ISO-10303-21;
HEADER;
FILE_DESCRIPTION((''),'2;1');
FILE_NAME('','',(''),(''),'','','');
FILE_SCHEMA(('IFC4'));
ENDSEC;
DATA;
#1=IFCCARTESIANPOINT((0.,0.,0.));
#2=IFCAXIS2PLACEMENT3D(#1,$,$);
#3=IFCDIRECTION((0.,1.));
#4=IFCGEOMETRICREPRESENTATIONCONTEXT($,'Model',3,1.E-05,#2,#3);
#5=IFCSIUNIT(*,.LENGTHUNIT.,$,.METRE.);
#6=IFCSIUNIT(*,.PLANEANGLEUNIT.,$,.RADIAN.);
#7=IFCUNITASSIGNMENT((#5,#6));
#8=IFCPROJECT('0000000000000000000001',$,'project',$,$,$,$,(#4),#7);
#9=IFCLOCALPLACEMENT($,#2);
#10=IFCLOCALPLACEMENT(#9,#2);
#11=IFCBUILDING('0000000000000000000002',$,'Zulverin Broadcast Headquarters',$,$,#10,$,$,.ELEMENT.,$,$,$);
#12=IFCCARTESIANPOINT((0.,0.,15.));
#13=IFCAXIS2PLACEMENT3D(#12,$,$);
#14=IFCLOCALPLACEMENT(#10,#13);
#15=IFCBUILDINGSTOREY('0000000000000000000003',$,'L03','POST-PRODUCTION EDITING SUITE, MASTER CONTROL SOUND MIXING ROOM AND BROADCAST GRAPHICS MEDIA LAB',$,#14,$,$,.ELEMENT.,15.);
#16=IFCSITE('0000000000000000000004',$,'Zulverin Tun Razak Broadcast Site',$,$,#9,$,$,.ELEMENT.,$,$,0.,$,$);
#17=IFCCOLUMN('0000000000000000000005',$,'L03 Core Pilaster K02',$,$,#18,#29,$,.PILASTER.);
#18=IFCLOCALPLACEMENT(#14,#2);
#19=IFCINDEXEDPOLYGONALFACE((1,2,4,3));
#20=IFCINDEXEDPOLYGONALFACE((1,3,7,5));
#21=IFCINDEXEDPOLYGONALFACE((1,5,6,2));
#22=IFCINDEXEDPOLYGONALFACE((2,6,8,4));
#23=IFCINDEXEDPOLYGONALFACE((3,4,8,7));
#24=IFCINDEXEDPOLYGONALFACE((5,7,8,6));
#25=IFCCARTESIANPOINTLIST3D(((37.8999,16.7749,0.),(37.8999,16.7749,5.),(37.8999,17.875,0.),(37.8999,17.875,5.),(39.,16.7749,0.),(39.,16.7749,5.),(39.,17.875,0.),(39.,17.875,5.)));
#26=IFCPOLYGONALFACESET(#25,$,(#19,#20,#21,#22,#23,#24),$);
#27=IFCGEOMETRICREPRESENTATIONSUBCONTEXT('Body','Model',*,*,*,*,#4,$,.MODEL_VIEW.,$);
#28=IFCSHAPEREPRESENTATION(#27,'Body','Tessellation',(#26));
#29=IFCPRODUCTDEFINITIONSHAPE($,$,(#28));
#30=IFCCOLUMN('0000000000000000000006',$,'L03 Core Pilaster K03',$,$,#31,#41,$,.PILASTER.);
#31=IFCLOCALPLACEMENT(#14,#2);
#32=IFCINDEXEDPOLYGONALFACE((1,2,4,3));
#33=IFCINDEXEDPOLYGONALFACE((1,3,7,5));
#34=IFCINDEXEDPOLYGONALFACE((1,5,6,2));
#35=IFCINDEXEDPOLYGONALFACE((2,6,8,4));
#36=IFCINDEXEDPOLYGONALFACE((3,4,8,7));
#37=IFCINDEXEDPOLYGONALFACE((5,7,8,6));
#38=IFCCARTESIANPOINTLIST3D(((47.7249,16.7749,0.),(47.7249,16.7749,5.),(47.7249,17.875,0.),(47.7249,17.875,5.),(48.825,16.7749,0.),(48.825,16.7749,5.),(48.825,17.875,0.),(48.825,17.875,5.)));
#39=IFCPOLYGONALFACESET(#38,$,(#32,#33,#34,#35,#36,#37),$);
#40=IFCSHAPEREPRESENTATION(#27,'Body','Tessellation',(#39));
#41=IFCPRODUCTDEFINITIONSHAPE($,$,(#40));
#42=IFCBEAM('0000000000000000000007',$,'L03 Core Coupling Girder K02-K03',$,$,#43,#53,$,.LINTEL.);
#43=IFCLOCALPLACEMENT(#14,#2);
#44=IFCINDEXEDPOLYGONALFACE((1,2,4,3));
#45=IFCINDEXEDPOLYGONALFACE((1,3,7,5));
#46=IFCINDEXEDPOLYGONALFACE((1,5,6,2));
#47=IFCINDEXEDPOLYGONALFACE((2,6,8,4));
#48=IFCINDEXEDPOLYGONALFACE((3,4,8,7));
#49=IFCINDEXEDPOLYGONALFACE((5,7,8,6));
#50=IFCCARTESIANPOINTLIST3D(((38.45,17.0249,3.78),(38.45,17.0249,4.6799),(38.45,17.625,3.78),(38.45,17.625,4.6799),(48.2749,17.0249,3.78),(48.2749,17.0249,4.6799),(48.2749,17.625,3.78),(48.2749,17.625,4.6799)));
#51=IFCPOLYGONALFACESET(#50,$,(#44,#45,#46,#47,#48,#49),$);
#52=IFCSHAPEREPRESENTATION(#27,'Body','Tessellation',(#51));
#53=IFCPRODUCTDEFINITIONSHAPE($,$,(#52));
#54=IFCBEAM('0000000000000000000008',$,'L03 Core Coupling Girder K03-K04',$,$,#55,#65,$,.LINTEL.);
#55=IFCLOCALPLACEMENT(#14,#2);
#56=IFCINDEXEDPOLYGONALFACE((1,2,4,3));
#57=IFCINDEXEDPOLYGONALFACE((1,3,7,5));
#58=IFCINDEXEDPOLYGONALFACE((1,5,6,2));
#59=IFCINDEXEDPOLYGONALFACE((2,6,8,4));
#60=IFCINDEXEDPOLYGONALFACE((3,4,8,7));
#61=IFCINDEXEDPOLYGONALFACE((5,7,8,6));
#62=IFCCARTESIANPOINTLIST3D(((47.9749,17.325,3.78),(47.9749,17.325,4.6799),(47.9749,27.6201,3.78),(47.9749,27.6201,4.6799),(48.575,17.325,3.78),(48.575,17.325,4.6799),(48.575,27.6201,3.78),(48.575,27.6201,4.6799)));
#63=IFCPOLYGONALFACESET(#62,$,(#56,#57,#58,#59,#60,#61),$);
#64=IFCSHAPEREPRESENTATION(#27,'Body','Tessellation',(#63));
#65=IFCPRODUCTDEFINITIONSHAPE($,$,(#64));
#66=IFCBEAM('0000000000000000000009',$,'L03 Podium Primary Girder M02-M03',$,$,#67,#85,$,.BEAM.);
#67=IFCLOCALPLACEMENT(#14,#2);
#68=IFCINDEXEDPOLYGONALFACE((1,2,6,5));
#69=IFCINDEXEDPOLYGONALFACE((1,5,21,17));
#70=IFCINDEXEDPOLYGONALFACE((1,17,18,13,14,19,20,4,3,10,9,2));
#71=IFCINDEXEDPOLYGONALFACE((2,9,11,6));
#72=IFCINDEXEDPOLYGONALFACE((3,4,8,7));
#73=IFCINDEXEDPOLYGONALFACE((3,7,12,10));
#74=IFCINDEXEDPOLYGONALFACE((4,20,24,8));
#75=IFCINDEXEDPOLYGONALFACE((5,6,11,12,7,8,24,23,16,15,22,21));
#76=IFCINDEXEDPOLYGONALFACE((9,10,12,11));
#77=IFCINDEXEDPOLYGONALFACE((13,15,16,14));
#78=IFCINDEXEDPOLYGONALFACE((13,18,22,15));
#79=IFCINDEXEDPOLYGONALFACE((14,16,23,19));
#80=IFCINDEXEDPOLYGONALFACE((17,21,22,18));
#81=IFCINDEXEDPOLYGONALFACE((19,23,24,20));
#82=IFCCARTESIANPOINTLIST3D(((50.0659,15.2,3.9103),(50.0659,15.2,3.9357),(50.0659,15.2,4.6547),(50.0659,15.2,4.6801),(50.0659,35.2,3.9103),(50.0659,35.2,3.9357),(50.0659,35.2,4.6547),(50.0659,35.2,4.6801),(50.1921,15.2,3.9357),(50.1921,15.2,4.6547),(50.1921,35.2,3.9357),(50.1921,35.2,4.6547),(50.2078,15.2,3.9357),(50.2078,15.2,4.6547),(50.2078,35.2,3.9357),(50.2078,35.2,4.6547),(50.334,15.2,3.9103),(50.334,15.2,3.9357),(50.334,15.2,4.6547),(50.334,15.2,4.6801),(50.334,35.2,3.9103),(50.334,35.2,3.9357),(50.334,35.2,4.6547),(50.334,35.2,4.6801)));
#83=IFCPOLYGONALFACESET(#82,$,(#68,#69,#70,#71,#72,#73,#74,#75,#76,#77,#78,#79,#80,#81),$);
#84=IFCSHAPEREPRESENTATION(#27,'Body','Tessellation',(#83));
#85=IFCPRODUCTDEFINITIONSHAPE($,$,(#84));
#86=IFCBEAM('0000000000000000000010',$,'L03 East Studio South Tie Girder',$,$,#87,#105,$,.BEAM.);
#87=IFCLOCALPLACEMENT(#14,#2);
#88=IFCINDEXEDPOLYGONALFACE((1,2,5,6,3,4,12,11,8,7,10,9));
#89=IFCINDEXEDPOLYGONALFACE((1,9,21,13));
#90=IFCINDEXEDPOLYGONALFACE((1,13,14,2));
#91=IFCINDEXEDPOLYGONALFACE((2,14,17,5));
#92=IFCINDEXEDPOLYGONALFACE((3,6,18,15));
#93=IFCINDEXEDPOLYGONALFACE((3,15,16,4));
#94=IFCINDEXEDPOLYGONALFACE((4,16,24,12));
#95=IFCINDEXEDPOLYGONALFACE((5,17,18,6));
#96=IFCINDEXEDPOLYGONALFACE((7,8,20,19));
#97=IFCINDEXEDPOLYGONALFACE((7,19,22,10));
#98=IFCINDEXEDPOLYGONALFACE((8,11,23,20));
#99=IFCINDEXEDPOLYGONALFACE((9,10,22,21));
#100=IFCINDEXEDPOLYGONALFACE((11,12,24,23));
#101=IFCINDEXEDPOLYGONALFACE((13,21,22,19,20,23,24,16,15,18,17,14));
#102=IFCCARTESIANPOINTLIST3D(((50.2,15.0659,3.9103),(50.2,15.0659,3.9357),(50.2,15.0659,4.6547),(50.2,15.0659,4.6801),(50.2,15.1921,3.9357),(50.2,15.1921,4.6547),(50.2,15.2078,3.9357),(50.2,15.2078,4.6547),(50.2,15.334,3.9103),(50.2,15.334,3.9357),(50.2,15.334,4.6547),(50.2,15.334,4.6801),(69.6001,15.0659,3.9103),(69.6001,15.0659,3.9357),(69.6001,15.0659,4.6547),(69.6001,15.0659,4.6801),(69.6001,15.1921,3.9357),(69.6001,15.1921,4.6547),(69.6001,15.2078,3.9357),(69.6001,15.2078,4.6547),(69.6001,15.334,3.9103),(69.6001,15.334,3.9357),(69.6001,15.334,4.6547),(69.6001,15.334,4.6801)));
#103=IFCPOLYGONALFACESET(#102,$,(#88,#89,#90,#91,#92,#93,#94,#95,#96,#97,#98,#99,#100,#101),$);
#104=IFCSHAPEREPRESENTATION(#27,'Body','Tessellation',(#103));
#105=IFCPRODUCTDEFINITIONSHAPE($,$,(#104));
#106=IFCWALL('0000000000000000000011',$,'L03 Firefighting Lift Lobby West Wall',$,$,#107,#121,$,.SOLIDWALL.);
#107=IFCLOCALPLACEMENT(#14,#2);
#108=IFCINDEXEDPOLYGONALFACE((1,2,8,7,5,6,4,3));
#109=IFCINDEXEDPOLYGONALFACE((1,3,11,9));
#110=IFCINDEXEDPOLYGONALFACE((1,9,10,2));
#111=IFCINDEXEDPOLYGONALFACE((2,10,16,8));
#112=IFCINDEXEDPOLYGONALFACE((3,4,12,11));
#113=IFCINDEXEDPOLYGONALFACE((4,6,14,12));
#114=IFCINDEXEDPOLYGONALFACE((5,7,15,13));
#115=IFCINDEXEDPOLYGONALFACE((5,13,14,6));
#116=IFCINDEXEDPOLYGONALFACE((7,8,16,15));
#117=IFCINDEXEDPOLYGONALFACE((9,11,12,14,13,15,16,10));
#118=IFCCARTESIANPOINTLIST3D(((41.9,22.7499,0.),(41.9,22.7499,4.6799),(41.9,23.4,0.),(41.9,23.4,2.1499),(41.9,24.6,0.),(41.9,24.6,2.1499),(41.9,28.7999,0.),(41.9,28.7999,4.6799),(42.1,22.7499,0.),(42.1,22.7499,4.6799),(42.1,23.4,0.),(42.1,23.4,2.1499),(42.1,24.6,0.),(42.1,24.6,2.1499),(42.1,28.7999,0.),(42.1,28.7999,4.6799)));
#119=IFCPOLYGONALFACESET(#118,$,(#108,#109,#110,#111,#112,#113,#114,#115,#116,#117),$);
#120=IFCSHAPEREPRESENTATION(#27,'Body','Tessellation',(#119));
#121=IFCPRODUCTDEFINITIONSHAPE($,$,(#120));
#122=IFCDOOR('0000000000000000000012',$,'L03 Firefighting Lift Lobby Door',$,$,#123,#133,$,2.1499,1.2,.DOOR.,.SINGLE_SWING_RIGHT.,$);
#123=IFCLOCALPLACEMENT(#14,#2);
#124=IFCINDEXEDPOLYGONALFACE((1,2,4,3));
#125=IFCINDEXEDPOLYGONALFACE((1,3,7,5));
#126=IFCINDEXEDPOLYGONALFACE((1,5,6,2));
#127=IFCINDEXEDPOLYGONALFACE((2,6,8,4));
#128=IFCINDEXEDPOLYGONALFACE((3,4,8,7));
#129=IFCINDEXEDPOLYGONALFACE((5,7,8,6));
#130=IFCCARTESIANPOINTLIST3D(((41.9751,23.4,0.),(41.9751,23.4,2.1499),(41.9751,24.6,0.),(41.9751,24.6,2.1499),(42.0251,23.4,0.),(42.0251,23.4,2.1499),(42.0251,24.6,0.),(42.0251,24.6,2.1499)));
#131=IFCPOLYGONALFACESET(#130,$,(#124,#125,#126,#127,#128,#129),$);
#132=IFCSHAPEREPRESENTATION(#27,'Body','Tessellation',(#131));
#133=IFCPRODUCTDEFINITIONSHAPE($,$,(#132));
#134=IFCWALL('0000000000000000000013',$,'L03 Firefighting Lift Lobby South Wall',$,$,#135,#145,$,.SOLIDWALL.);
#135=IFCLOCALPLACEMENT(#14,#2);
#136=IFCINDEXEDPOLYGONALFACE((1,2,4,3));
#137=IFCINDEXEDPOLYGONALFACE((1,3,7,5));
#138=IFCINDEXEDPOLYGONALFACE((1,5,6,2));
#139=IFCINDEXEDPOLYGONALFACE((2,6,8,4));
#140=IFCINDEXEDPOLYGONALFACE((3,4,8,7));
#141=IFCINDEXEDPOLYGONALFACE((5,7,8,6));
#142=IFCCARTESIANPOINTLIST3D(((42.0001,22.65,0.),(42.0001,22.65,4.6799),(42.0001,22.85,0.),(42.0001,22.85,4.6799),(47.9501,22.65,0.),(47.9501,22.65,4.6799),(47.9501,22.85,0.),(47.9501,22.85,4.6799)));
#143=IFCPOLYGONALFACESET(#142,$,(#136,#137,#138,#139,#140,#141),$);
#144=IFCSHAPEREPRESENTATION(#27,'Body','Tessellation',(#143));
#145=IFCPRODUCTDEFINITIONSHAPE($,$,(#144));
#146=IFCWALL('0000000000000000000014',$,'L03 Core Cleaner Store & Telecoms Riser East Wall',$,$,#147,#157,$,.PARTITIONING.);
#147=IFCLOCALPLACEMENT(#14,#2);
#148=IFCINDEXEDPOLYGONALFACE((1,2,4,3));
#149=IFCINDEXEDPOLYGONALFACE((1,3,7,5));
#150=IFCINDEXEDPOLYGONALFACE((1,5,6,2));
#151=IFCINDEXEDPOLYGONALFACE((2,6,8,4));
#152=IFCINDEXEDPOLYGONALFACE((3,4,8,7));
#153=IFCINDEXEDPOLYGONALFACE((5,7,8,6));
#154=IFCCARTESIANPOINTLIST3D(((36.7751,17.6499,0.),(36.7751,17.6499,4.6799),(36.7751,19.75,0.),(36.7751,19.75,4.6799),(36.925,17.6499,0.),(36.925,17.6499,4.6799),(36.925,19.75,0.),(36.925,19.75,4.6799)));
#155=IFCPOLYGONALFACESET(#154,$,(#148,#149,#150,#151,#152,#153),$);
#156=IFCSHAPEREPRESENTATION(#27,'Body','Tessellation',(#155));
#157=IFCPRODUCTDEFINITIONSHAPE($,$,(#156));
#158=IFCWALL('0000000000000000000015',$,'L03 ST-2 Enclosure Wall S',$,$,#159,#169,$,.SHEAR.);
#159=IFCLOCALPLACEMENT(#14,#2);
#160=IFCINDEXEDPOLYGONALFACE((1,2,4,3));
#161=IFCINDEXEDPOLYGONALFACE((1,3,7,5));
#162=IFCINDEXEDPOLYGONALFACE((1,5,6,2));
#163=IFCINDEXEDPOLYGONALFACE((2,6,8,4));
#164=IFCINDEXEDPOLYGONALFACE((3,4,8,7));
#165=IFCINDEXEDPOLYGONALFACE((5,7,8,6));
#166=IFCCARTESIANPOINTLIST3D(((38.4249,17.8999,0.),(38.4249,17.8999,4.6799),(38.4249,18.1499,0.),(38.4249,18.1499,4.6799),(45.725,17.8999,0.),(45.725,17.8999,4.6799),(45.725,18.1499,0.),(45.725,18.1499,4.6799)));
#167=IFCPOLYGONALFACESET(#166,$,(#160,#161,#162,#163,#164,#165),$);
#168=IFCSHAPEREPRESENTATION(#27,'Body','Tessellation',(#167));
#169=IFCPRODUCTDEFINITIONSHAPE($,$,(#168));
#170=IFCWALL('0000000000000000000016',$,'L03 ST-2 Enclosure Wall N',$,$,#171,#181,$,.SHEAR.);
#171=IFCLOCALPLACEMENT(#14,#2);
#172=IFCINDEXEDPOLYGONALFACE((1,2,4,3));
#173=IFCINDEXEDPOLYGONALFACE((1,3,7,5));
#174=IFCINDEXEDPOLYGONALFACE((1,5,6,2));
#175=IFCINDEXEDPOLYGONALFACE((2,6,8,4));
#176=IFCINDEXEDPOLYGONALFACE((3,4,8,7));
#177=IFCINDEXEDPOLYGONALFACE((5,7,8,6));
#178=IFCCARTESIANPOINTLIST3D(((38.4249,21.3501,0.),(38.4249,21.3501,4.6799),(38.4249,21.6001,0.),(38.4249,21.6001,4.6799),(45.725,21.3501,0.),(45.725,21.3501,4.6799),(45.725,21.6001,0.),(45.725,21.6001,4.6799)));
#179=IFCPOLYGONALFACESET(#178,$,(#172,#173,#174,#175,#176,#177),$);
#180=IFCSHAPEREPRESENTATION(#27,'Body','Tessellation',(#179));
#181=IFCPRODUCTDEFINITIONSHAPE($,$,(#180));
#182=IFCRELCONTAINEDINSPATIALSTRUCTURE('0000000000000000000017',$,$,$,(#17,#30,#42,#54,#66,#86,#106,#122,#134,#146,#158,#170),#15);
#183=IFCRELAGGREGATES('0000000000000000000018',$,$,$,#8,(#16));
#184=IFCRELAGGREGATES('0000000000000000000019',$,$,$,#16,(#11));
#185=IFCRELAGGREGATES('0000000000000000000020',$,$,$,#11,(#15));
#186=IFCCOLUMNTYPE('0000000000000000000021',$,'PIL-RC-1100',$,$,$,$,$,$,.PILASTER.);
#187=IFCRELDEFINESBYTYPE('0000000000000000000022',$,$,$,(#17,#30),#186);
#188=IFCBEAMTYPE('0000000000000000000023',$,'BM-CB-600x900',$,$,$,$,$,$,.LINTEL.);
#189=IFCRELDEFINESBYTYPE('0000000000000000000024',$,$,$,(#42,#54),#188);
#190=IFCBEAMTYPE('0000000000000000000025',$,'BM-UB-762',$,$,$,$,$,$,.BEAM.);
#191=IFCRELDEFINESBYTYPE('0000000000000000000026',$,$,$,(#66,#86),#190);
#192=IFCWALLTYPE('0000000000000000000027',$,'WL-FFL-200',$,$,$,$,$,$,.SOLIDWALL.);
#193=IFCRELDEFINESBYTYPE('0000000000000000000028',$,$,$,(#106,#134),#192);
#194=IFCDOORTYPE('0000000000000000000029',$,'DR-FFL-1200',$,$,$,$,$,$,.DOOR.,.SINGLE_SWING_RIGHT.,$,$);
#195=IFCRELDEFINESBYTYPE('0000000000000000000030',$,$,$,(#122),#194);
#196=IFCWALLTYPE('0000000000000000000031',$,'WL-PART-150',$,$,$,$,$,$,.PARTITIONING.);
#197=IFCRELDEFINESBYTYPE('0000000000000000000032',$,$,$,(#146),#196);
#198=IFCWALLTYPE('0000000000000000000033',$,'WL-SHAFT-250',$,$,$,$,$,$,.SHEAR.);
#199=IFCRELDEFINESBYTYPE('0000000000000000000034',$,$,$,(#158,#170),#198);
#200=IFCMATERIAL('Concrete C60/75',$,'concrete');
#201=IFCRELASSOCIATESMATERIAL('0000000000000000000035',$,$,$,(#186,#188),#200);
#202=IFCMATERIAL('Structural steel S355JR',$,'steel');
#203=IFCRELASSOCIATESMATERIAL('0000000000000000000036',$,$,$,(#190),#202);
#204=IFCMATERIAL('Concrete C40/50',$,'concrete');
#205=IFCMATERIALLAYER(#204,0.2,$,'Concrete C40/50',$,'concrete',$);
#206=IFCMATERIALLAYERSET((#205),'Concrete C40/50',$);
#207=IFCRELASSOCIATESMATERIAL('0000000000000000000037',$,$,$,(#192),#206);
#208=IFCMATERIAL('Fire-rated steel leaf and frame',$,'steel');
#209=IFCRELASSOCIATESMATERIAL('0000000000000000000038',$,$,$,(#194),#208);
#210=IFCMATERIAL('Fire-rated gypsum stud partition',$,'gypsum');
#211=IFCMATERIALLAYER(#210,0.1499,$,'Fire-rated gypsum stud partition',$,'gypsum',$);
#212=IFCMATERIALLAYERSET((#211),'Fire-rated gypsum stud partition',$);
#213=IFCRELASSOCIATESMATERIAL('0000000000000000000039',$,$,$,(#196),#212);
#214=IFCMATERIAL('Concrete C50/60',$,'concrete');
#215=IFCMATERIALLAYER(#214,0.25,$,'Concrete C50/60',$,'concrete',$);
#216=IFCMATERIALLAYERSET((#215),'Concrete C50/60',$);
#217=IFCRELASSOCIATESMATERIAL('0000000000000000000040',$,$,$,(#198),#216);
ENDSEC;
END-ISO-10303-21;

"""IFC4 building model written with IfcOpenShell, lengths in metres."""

from ifc_helpers import new_model, si_unit, direction, frame, frame_2d, origin, origin_2d, place, context, subcontext, project, spatial, rectangle, i_section, extrude, material, layer, layer_set, material_profile, profile_set, type_object, element, fill, save


model = new_model("IFC4")

# Units and contexts
model_context = context("Model", 3, precision=1e-05, world=origin(), true_north=direction((0.0, 1.0)))
body_context = subcontext(model_context, "Body", "Model", "MODEL_VIEW")
ifc_project = project(units=[si_unit("LENGTHUNIT", "METRE"), si_unit("PLANEANGLEUNIT", "RADIAN")], contexts=[model_context])

# Site, building, storey
site_placement = place(None, origin())
site = spatial("IfcSite", under=ifc_project, at=site_placement, Name="Zulverin Tun Razak Broadcast Site", CompositionType="ELEMENT", RefElevation=0.0)
building_placement = place(site_placement, origin())
building = spatial("IfcBuilding", under=site, at=building_placement, Name="Zulverin Broadcast Headquarters", CompositionType="ELEMENT")
storey_placement = place(building_placement, frame((0.0, 0.0, 15.0)))
storey = spatial("IfcBuildingStorey", under=building, at=storey_placement, Name="L03", Description="POST-PRODUCTION EDITING SUITE, MASTER CONTROL SOUND MIXING ROOM AND BROADCAST GRAPHICS MEDIA LAB", CompositionType="ELEMENT", Elevation=15.0)

# Columns
ifc_material_1 = material(Name="Concrete C60/75", Category="concrete")
ifc_material_profile_1 = material_profile(ifc_material_1, rectangle(XDim=1.1001, YDim=1.1001, at=origin_2d()), Name="Concrete C60/75", Category="concrete")
ifc_profile_set_1 = profile_set([ifc_material_profile_1], Name="Concrete C60/75")
column_type = type_object("IfcColumnType", Name="PIL-RC-1100", PredefinedType="PILASTER", material=ifc_profile_set_1)
for number, where, z_axis, x_axis, name in (
    (1, (38.45, 17.325, 0.0), (0.0, 0.0, 1.0), (1.0, 0.0, 0.0), "L03 Core Pilaster K02"),
    (2, (48.2749, 17.325, 0.0), (0.0, 0.0, 1.0), (1.0, 0.0, 0.0), "L03 Core Pilaster K03"),
):
    element("IfcColumn", number, at=place(storey_placement, frame(where, z_axis=z_axis, x_axis=x_axis)), inside=storey, type_object=column_type, Name=name, PredefinedType="PILASTER", context=body_context, shape_type="SweptSolid", body=[
        extrude(rectangle(XDim=1.1001, YDim=1.1001, at=origin_2d()), origin(), (0.0, 0.0, 1.0), 5.0),
    ])

# Beams
ifc_material_profile_2 = material_profile(ifc_material_1, rectangle(XDim=0.6001, YDim=0.8999, at=origin_2d()), Name="Concrete C60/75", Category="concrete")
ifc_profile_set_2 = profile_set([ifc_material_profile_2], Name="Concrete C60/75")
beam_type_1 = type_object("IfcBeamType", Name="BM-CB-600x900", PredefinedType="LINTEL", material=ifc_profile_set_2)
beam_1_placement = place(storey_placement, frame((38.45, 17.325, 4.23), z_axis=(1.0, 0.0, 0.0), x_axis=(0.0, 1.0, 0.0)))
element("IfcBeam", 3, at=beam_1_placement, inside=storey, type_object=beam_type_1, Name="L03 Core Coupling Girder K02-K03", PredefinedType="LINTEL", context=body_context, shape_type="SweptSolid", body=[
    extrude(rectangle(XDim=0.6001, YDim=0.8999, at=origin_2d()), origin(), (0.0, 0.0, 1.0), 9.825),
])
beam_2_placement = place(storey_placement, frame((48.2749, 17.325, 4.23), z_axis=(0.0, 1.0, 0.0), x_axis=(-1.0, 0.0, 0.0)))
element("IfcBeam", 4, at=beam_2_placement, inside=storey, type_object=beam_type_1, Name="L03 Core Coupling Girder K03-K04", PredefinedType="LINTEL", context=body_context, shape_type="SweptSolid", body=[
    extrude(rectangle(XDim=0.6001, YDim=0.8999, at=origin_2d()), origin(), (0.0, 0.0, 1.0), 10.2952),
])
ifc_material_2 = material(Name="Structural steel S355JR", Category="steel")
ifc_material_profile_3 = material_profile(ifc_material_2, i_section(OverallWidth=0.2681, OverallDepth=0.7698, WebThickness=0.0156, FlangeThickness=0.0254, at=origin_2d()), Name="Structural steel S355JR", Category="steel")
ifc_profile_set_3 = profile_set([ifc_material_profile_3], Name="Structural steel S355JR")
beam_type_2 = type_object("IfcBeamType", Name="BM-UB-762", PredefinedType="BEAM", material=ifc_profile_set_3)
beam_3_placement = place(storey_placement, frame((50.2, 15.2, 4.2952), z_axis=(0.0, 1.0, 0.0), x_axis=(-1.0, 0.0, 0.0)))
element("IfcBeam", 5, at=beam_3_placement, inside=storey, type_object=beam_type_2, Name="L03 Podium Primary Girder M02-M03", PredefinedType="BEAM", context=body_context, shape_type="SweptSolid", body=[
    extrude(i_section(OverallWidth=0.2681, OverallDepth=0.7698, WebThickness=0.0156, FlangeThickness=0.0254, at=origin_2d()), origin(), (0.0, 0.0, 1.0), 20.0),
])
beam_4_placement = place(storey_placement, frame((50.2, 15.2, 4.2952), z_axis=(1.0, 0.0, 0.0), x_axis=(0.0, 1.0, 0.0)))
element("IfcBeam", 6, at=beam_4_placement, inside=storey, type_object=beam_type_2, Name="L03 East Studio South Tie Girder", PredefinedType="BEAM", context=body_context, shape_type="SweptSolid", body=[
    extrude(i_section(OverallWidth=0.2681, OverallDepth=0.7698, WebThickness=0.0156, FlangeThickness=0.0254, at=origin_2d()), origin(), (0.0, 0.0, 1.0), 19.4001),
])

# Wall, opening, door
ifc_material_3 = material(Name="Concrete C40/50", Category="concrete")
ifc_layer_1 = layer(ifc_material_3, 0.2, Name="Concrete C40/50", Category="concrete")
ifc_layer_set_1 = layer_set([ifc_layer_1], Name="Concrete C40/50")
wall_type_1 = type_object("IfcWallType", Name="WL-FFL-200", PredefinedType="SOLIDWALL", material=ifc_layer_set_1)
wall_1_placement = place(storey_placement, frame((42.0, 22.75, 0.0), z_axis=(0.0, 0.0, 1.0), x_axis=(0.0, 1.0, 0.0)))
wall_1 = element("IfcWall", 7, at=wall_1_placement, inside=storey, type_object=wall_type_1, Name="L03 Firefighting Lift Lobby West Wall", PredefinedType="SOLIDWALL", context=body_context, shape_type="SweptSolid", body=[
    extrude(rectangle(XDim=6.05, YDim=0.2, at=frame_2d((3.0249, 0.0))), origin(), (0.0, 0.0, 1.0), 4.6799),
])
opening_1_placement = place(wall_1_placement, frame((0.6499, 0.0, 0.0)))
opening_1 = element("IfcOpeningElement", 8, at=opening_1_placement, cuts=wall_1, PredefinedType="OPENING", context=body_context, shape_type="SweptSolid", body=[
    extrude(rectangle(XDim=1.2, YDim=2.1499, at=frame_2d((0.6001, 1.075))), frame((0.0, 0.1099, 0.0), z_axis=(0.0, -1.0, 0.0), x_axis=(1.0, 0.0, 0.0)), (0.0, 0.0, 1.0), 0.22),
])
ifc_material_4 = material(Name="Fire-rated steel leaf and frame", Category="steel")
door_type_1 = type_object("IfcDoorType", Name="DR-FFL-1200", OperationType="SINGLE_SWING_RIGHT", PredefinedType="DOOR", material=ifc_material_4)
door_1_placement = place(opening_1_placement, origin())
door_1 = element("IfcDoor", 9, at=door_1_placement, inside=storey, type_object=door_type_1, Name="L03 Firefighting Lift Lobby Door", OperationType="SINGLE_SWING_RIGHT", OverallHeight=2.1499, OverallWidth=1.2, PredefinedType="DOOR", context=body_context, shape_type="SweptSolid", body=[
    extrude(rectangle(XDim=1.2, YDim=2.1499, at=frame_2d((0.6001, 1.075))), frame((0.0, 0.0249, 0.0), z_axis=(0.0, -1.0, 0.0), x_axis=(1.0, 0.0, 0.0)), (0.0, 0.0, 1.0), 0.05),
])
fill(opening_1, door_1)

# Walls
wall_2_placement = place(storey_placement, frame((42.0, 22.75, 0.0), z_axis=(0.0, 0.0, 1.0), x_axis=(1.0, 0.0, 0.0)))
element("IfcWall", 10, at=wall_2_placement, inside=storey, type_object=wall_type_1, Name="L03 Firefighting Lift Lobby South Wall", PredefinedType="SOLIDWALL", context=body_context, shape_type="SweptSolid", body=[
    extrude(rectangle(XDim=5.95, YDim=0.2, at=frame_2d((2.9751, 0.0))), origin(), (0.0, 0.0, 1.0), 4.6799),
])
ifc_material_5 = material(Name="Fire-rated gypsum stud partition", Category="gypsum")
ifc_layer_2 = layer(ifc_material_5, 0.1499, Name="Fire-rated gypsum stud partition", Category="gypsum")
ifc_layer_set_2 = layer_set([ifc_layer_2], Name="Fire-rated gypsum stud partition")
wall_type_2 = type_object("IfcWallType", Name="WL-PART-150", PredefinedType="PARTITIONING", material=ifc_layer_set_2)
wall_3_placement = place(storey_placement, frame((36.8501, 17.6499, 0.0), z_axis=(0.0, 0.0, 1.0), x_axis=(0.0, 1.0, 0.0)))
element("IfcWall", 11, at=wall_3_placement, inside=storey, type_object=wall_type_2, Name="L03 Core Cleaner Store & Telecoms Riser East Wall", PredefinedType="PARTITIONING", context=body_context, shape_type="SweptSolid", body=[
    extrude(rectangle(XDim=2.1001, YDim=0.1499, at=frame_2d((1.05, 0.0))), origin(), (0.0, 0.0, 1.0), 4.6799),
])
ifc_material_6 = material(Name="Concrete C50/60", Category="concrete")
ifc_layer_3 = layer(ifc_material_6, 0.25, Name="Concrete C50/60", Category="concrete")
ifc_layer_set_3 = layer_set([ifc_layer_3], Name="Concrete C50/60")
wall_type_3 = type_object("IfcWallType", Name="WL-SHAFT-250", PredefinedType="SHEAR", material=ifc_layer_set_3)
for number, where, z_axis, x_axis, name in (
    (12, (38.425, 18.0249, 0.0), (0.0, 0.0, 1.0), (1.0, 0.0, 0.0), "L03 ST-2 Enclosure Wall S"),
    (13, (38.425, 21.4751, 0.0), (0.0, 0.0, 1.0), (1.0, 0.0, 0.0), "L03 ST-2 Enclosure Wall N"),
):
    element("IfcWall", number, at=place(storey_placement, frame(where, z_axis=z_axis, x_axis=x_axis)), inside=storey, type_object=wall_type_3, Name=name, PredefinedType="SHEAR", context=body_context, shape_type="SweptSolid", body=[
        extrude(rectangle(XDim=7.3, YDim=0.25, at=frame_2d((3.6499, 0.0))), origin(), (0.0, 0.0, 1.0), 4.6799),
    ])

save(model, "model.ifc")
